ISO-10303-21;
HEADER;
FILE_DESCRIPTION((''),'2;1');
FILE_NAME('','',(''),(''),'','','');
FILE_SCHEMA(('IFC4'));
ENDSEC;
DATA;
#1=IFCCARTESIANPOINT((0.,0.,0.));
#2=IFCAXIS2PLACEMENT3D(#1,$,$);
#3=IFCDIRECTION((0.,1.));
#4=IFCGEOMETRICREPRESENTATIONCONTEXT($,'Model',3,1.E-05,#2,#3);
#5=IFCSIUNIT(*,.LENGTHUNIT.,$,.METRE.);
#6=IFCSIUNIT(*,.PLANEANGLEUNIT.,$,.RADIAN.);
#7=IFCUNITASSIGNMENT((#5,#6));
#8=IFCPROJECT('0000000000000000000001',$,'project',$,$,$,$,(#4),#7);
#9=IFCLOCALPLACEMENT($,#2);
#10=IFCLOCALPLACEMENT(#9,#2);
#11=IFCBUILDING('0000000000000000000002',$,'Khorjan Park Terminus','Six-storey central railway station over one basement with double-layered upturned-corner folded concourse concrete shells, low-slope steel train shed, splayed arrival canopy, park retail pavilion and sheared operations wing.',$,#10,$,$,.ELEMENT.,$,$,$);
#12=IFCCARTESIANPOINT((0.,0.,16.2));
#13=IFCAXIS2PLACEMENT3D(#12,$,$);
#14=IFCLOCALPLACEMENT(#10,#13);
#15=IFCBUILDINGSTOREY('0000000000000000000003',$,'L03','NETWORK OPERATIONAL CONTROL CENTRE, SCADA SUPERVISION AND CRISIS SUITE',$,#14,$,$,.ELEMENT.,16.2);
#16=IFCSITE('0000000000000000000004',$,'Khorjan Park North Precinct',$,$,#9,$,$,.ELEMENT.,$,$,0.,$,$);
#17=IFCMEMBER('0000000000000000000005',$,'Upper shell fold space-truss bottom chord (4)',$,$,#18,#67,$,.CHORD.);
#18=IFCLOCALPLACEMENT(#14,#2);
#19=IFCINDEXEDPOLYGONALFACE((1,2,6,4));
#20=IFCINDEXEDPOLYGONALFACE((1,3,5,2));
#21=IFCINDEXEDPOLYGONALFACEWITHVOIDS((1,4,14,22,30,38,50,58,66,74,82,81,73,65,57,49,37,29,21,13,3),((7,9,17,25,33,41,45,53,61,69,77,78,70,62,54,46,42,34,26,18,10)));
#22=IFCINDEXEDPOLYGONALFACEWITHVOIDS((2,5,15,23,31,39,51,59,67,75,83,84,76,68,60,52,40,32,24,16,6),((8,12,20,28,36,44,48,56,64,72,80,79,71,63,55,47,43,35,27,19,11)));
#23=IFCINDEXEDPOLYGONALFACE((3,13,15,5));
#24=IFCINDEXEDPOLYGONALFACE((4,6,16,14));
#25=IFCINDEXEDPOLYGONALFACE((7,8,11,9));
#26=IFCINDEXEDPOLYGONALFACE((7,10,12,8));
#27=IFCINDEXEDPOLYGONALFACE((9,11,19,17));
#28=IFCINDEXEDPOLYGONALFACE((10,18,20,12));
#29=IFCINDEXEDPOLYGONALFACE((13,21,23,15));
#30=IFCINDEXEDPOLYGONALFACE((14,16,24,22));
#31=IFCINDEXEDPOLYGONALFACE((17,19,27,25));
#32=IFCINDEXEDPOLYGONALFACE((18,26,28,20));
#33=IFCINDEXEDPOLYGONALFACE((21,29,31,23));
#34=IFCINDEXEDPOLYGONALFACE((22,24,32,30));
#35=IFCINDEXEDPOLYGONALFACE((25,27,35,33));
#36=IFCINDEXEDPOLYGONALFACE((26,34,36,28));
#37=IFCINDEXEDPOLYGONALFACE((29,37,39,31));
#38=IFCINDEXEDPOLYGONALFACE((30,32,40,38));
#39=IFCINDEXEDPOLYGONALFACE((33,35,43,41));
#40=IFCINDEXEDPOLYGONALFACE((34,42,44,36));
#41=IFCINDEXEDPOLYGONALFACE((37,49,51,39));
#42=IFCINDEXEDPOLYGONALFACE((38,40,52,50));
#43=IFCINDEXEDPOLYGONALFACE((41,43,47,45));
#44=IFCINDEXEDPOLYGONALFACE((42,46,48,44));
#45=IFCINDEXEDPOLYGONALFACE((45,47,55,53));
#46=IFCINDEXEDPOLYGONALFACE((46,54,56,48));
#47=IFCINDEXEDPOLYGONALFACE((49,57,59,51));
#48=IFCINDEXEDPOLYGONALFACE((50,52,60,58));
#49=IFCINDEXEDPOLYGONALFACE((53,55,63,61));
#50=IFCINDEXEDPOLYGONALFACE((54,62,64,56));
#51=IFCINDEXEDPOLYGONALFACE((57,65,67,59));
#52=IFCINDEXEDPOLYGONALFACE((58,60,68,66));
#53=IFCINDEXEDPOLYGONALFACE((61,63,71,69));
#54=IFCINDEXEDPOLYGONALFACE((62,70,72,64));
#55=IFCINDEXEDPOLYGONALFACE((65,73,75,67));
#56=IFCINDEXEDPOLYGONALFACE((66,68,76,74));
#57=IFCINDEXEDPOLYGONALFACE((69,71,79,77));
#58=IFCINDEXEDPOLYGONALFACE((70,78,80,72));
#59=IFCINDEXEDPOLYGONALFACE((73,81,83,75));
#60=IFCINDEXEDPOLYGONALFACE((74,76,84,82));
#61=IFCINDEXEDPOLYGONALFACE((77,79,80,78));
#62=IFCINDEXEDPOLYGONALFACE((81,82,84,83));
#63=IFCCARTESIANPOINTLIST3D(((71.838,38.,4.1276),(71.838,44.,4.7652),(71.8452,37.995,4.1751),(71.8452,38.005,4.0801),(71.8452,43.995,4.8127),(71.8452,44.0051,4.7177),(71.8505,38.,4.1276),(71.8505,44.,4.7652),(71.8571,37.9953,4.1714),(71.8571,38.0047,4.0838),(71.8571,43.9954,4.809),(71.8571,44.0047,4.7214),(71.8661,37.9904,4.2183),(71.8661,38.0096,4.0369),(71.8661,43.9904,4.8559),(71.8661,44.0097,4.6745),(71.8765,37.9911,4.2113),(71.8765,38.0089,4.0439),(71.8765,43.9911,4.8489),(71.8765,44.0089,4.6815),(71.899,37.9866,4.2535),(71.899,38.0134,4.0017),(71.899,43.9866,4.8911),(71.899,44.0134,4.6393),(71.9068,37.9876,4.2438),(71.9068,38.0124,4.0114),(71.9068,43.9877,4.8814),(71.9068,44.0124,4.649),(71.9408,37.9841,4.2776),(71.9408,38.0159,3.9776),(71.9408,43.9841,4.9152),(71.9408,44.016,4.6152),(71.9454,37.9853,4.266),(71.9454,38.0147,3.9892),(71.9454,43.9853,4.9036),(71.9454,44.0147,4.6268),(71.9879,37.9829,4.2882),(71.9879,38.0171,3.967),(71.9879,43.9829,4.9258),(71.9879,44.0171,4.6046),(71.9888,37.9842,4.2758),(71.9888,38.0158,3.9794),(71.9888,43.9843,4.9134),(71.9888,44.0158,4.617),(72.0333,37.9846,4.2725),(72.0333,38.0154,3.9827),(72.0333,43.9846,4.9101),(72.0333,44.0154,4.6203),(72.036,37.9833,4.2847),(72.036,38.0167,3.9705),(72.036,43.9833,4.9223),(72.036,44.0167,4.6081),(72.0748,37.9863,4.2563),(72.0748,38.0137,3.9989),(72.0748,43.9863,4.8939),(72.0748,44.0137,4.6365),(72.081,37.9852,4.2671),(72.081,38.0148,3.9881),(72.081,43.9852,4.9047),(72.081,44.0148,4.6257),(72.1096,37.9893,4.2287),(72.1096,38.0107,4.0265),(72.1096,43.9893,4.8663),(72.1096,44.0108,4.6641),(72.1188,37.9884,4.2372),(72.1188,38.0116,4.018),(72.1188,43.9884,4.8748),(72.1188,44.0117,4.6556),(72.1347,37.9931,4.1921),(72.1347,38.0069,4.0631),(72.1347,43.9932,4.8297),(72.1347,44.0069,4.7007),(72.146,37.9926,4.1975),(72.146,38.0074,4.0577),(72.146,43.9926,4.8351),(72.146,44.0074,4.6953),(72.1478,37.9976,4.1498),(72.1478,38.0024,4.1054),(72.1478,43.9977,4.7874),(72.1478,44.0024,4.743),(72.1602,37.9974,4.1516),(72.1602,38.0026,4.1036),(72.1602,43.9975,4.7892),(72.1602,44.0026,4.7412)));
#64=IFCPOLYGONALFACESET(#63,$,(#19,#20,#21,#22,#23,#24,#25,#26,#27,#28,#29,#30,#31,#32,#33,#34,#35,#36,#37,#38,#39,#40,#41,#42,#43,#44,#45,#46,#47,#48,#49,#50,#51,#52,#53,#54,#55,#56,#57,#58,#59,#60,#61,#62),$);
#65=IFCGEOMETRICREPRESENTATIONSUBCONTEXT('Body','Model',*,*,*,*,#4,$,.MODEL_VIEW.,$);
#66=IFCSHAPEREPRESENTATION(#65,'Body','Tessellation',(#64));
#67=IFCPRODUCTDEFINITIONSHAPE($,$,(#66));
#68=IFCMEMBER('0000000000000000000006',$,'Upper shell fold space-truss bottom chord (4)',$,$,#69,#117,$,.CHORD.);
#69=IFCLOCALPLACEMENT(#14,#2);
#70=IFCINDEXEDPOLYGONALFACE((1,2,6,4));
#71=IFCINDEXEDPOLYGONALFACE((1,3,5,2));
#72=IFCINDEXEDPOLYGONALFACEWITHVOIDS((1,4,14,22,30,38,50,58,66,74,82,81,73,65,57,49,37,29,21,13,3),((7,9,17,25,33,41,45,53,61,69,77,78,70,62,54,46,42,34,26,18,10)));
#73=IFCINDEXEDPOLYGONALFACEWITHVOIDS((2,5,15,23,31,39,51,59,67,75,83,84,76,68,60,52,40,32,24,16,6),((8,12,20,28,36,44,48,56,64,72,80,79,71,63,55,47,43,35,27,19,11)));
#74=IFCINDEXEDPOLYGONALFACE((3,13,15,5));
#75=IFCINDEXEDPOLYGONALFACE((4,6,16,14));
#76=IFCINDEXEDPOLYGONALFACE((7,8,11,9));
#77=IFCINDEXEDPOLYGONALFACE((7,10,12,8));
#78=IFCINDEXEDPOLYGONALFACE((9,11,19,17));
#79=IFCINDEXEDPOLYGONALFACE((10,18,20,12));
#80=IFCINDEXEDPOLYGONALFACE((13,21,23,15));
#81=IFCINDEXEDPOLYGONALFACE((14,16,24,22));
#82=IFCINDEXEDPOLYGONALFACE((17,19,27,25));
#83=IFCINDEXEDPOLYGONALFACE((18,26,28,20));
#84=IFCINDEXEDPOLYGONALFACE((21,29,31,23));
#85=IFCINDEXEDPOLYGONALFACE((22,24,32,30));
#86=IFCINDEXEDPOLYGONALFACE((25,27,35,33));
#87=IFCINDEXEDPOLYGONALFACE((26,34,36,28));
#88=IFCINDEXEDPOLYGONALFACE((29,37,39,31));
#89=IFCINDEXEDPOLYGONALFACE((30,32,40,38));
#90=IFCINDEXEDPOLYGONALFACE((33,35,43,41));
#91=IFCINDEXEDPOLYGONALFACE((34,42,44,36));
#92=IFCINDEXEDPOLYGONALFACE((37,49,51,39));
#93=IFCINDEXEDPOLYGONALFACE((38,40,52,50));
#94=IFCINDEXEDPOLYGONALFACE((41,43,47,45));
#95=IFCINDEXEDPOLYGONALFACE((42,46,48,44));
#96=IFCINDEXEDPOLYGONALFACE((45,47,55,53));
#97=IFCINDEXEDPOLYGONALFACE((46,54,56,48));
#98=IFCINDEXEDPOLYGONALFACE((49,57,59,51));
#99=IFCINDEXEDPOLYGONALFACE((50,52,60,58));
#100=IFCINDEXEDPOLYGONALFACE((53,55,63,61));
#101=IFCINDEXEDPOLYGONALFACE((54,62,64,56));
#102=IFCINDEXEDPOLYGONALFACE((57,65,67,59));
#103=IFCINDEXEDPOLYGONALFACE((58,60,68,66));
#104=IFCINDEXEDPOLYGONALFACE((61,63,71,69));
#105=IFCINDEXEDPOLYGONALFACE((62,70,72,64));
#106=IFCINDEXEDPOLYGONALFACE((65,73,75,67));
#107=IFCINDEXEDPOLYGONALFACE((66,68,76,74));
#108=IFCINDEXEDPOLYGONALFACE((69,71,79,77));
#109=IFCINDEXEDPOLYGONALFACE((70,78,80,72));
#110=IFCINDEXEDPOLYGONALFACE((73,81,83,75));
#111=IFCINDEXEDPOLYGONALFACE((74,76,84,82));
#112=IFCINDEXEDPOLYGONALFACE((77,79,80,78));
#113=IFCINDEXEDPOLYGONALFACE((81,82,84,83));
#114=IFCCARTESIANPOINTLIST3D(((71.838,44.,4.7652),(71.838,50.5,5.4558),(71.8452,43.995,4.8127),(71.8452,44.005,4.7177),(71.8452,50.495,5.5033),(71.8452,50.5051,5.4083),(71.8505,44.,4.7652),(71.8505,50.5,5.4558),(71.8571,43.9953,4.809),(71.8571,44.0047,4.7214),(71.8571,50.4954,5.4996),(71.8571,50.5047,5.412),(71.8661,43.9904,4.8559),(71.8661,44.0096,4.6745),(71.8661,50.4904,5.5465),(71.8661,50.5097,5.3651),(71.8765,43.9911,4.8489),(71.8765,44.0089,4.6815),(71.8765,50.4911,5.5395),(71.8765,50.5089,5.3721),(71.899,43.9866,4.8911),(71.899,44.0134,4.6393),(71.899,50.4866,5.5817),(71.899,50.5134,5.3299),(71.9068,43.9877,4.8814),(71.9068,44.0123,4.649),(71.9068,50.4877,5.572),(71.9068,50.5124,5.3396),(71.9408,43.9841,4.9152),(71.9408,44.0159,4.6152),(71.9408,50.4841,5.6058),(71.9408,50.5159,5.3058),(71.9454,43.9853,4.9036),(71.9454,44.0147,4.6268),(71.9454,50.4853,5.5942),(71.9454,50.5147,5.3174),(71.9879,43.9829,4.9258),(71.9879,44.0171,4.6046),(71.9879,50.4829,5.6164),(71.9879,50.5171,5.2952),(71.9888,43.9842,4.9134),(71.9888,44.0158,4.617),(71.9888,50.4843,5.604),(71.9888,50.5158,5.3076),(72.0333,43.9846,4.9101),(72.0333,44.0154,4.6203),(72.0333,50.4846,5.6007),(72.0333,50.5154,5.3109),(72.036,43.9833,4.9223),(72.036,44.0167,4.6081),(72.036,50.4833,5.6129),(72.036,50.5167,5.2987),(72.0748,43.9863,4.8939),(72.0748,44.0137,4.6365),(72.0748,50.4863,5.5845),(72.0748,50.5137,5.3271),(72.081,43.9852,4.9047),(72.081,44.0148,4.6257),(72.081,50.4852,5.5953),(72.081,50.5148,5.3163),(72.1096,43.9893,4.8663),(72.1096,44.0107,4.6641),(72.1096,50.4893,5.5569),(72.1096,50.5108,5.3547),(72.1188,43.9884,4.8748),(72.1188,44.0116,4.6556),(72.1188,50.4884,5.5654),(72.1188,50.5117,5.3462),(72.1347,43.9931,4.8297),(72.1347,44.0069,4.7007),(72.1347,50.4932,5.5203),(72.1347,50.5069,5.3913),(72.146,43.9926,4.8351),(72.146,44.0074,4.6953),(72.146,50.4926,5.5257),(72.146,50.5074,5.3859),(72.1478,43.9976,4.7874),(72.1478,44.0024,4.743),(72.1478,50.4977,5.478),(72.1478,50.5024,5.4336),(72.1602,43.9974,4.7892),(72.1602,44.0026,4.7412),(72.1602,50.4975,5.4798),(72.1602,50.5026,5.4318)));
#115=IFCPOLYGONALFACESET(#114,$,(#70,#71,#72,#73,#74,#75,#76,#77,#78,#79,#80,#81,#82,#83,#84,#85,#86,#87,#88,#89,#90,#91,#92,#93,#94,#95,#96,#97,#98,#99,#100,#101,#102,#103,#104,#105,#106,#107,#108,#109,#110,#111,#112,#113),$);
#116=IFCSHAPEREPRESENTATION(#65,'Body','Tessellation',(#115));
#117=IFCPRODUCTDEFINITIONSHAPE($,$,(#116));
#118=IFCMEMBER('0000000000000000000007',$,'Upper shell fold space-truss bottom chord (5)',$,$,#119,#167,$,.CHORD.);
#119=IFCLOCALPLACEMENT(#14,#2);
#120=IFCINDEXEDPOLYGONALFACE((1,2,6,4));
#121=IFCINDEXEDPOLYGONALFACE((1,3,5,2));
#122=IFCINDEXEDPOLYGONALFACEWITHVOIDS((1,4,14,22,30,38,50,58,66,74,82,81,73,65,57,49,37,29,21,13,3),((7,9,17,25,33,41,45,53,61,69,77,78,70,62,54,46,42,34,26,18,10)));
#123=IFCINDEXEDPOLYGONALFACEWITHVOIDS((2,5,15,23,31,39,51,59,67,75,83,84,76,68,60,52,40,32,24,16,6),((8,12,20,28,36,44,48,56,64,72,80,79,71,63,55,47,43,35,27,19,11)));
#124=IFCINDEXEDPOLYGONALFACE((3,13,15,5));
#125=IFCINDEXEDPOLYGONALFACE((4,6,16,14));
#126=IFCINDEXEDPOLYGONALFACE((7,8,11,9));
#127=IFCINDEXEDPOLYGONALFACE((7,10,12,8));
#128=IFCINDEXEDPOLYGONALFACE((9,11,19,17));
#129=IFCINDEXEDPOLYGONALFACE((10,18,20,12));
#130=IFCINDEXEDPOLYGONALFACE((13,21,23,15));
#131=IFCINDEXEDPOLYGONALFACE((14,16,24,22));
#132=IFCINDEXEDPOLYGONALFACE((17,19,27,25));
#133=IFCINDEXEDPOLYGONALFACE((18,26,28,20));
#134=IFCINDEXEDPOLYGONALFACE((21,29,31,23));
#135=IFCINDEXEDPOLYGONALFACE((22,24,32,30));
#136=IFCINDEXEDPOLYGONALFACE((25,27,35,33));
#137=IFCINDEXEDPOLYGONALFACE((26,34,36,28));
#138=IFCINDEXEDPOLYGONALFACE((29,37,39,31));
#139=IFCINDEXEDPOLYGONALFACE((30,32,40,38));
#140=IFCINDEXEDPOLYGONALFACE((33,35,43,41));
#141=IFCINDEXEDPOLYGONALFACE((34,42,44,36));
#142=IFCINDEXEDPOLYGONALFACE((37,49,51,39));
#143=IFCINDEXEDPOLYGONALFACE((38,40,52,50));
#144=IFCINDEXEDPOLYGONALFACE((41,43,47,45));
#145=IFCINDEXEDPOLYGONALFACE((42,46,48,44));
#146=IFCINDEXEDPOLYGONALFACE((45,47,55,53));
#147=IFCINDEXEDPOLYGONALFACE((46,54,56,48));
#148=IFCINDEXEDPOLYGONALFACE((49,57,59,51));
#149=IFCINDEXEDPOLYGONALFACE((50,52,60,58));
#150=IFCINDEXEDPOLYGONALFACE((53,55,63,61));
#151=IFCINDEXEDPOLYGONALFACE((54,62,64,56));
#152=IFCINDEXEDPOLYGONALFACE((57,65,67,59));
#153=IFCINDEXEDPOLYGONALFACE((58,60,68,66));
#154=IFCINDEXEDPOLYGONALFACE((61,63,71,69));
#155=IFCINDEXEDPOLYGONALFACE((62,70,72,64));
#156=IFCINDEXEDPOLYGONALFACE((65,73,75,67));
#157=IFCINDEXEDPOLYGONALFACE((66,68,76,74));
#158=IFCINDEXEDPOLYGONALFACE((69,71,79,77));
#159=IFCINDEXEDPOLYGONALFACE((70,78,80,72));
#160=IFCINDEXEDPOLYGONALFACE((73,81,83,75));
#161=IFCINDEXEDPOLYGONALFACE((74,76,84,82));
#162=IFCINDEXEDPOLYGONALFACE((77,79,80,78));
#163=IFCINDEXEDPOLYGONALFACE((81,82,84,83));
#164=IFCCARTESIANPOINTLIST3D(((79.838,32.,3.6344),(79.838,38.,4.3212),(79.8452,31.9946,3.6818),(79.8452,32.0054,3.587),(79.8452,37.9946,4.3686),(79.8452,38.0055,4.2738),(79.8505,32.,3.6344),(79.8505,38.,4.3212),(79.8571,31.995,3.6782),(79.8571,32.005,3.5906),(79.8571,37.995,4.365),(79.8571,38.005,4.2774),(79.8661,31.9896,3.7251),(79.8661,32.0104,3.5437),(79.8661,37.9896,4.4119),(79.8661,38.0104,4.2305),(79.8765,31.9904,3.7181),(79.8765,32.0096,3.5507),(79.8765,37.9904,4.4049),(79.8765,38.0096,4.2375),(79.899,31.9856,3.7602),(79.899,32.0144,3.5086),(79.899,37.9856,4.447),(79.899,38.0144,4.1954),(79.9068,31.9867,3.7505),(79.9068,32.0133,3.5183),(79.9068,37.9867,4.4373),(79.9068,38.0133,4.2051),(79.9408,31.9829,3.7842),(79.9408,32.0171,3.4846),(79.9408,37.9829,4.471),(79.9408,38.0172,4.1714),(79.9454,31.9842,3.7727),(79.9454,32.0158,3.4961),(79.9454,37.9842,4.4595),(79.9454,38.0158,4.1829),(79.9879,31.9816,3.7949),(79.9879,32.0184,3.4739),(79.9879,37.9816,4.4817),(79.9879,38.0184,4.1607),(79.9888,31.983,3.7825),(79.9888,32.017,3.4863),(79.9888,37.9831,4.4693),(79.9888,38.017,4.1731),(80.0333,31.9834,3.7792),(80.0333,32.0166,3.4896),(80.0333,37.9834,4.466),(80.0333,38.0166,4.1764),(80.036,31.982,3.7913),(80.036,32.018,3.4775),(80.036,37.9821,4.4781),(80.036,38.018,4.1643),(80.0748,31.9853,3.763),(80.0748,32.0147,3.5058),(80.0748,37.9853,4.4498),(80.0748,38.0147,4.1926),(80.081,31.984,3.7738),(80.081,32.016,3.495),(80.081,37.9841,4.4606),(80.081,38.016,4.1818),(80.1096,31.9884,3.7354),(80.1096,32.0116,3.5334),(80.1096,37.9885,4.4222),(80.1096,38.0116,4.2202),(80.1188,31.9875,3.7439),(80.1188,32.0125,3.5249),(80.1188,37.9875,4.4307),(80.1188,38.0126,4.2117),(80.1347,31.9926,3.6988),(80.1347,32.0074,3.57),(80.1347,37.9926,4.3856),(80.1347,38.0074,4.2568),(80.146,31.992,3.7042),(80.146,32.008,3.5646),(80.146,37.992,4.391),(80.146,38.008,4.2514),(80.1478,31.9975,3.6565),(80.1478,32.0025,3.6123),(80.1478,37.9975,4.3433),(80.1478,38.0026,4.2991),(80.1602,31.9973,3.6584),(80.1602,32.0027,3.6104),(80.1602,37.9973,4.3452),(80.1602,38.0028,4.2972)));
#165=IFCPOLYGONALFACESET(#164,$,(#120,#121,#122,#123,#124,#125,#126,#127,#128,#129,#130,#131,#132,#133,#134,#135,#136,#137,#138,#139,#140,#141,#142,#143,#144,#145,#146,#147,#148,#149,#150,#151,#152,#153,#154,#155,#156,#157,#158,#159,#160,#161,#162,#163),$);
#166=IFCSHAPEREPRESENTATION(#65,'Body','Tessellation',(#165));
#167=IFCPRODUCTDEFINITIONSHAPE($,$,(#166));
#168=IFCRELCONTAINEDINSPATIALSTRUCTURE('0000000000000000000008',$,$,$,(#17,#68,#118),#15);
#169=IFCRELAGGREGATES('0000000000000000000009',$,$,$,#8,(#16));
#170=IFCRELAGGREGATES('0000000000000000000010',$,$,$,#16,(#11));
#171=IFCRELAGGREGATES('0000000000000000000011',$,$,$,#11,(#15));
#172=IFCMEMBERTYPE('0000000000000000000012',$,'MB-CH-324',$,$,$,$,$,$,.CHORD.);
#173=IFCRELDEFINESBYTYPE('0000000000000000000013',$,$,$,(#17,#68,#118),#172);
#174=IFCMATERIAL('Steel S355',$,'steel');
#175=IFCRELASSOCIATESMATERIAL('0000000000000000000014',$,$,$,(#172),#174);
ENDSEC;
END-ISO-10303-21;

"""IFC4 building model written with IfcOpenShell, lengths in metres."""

from ifc_helpers import new_model, si_unit, direction, frame, origin, origin_2d, place, context, subcontext, project, spatial, hollow_circle, extrude, material, material_profile, profile_set, type_object, element, save


model = new_model("IFC4")

# Units and contexts
model_context = context("Model", 3, precision=1e-05, world=origin(), true_north=direction((0.0, 1.0)))
body_context = subcontext(model_context, "Body", "Model", "MODEL_VIEW")
ifc_project = project(units=[si_unit("LENGTHUNIT", "METRE"), si_unit("PLANEANGLEUNIT", "RADIAN")], contexts=[model_context])

# Site, building, storey
site_placement = place(None, origin())
site = spatial("IfcSite", under=ifc_project, at=site_placement, Name="Khorjan Park North Precinct", CompositionType="ELEMENT", RefElevation=0.0)
building_placement = place(site_placement, origin())
building = spatial("IfcBuilding", under=site, at=building_placement, Name="Khorjan Park Terminus", Description="Six-storey central railway station over one basement with double-layered upturned-corner folded concourse concrete shells, low-slope steel train shed, splayed arrival canopy, park retail pavilion and sheared operations wing.", CompositionType="ELEMENT")
storey_placement = place(building_placement, frame((0.0, 0.0, 16.2)))
storey = spatial("IfcBuildingStorey", under=building, at=storey_placement, Name="L03", Description="NETWORK OPERATIONAL CONTROL CENTRE, SCADA SUPERVISION AND CRISIS SUITE", CompositionType="ELEMENT", Elevation=16.2)

# Members
ifc_material = material(Name="Steel S355", Category="steel")
ifc_material_profile_1 = material_profile(ifc_material, hollow_circle(Radius=0.162, WallThickness=0.0125, at=origin_2d()), Name="CHS 323.9x12.5")
ifc_profile_set_1 = profile_set([ifc_material_profile_1], Name="Steel S355")
member_type_1 = type_object("IfcMemberType", Name="MB-CH-324", PredefinedType="CHORD", material=ifc_profile_set_1)
for number, where, z_axis, x_axis, name in (
    (1, (72.0, 38.0, 4.1276), (0.0, 0.994401, 0.105672), (-1.0, 0.0, 0.0), "Upper shell fold space-truss bottom chord (4)"),
):
    element("IfcMember", number, at=place(storey_placement, frame(where, z_axis=z_axis, x_axis=x_axis)), inside=storey, type_object=member_type_1, Name=name, PredefinedType="CHORD", context=body_context, shape_type="SweptSolid", body=[
        extrude(hollow_circle(Radius=0.162, WallThickness=0.0125, at=origin_2d()), origin(), (0.0, 0.0, 1.0), 6.0338),
    ])
member_1_placement = place(storey_placement, frame((72.0, 44.0, 4.7652), z_axis=(0.0, 0.994403, 0.105652), x_axis=(-1.0, 0.0, 0.0)))
element("IfcMember", 2, at=member_1_placement, inside=storey, type_object=member_type_1, Name="Upper shell fold space-truss bottom chord (4)", PredefinedType="CHORD", context=body_context, shape_type="SweptSolid", body=[
    extrude(hollow_circle(Radius=0.162, WallThickness=0.0125, at=origin_2d()), origin(), (0.0, 0.0, 1.0), 6.5366),
])
for number, where, z_axis, x_axis, name in (
    (3, (80.0, 32.0, 3.6344), (0.0, 0.993512, 0.113724), (-1.0, 0.0, 0.0), "Upper shell fold space-truss bottom chord (5)"),
):
    element("IfcMember", number, at=place(storey_placement, frame(where, z_axis=z_axis, x_axis=x_axis)), inside=storey, type_object=member_type_1, Name=name, PredefinedType="CHORD", context=body_context, shape_type="SweptSolid", body=[
        extrude(hollow_circle(Radius=0.162, WallThickness=0.0125, at=origin_2d()), origin(), (0.0, 0.0, 1.0), 6.0392),
    ])

save(model, "model.ifc")
